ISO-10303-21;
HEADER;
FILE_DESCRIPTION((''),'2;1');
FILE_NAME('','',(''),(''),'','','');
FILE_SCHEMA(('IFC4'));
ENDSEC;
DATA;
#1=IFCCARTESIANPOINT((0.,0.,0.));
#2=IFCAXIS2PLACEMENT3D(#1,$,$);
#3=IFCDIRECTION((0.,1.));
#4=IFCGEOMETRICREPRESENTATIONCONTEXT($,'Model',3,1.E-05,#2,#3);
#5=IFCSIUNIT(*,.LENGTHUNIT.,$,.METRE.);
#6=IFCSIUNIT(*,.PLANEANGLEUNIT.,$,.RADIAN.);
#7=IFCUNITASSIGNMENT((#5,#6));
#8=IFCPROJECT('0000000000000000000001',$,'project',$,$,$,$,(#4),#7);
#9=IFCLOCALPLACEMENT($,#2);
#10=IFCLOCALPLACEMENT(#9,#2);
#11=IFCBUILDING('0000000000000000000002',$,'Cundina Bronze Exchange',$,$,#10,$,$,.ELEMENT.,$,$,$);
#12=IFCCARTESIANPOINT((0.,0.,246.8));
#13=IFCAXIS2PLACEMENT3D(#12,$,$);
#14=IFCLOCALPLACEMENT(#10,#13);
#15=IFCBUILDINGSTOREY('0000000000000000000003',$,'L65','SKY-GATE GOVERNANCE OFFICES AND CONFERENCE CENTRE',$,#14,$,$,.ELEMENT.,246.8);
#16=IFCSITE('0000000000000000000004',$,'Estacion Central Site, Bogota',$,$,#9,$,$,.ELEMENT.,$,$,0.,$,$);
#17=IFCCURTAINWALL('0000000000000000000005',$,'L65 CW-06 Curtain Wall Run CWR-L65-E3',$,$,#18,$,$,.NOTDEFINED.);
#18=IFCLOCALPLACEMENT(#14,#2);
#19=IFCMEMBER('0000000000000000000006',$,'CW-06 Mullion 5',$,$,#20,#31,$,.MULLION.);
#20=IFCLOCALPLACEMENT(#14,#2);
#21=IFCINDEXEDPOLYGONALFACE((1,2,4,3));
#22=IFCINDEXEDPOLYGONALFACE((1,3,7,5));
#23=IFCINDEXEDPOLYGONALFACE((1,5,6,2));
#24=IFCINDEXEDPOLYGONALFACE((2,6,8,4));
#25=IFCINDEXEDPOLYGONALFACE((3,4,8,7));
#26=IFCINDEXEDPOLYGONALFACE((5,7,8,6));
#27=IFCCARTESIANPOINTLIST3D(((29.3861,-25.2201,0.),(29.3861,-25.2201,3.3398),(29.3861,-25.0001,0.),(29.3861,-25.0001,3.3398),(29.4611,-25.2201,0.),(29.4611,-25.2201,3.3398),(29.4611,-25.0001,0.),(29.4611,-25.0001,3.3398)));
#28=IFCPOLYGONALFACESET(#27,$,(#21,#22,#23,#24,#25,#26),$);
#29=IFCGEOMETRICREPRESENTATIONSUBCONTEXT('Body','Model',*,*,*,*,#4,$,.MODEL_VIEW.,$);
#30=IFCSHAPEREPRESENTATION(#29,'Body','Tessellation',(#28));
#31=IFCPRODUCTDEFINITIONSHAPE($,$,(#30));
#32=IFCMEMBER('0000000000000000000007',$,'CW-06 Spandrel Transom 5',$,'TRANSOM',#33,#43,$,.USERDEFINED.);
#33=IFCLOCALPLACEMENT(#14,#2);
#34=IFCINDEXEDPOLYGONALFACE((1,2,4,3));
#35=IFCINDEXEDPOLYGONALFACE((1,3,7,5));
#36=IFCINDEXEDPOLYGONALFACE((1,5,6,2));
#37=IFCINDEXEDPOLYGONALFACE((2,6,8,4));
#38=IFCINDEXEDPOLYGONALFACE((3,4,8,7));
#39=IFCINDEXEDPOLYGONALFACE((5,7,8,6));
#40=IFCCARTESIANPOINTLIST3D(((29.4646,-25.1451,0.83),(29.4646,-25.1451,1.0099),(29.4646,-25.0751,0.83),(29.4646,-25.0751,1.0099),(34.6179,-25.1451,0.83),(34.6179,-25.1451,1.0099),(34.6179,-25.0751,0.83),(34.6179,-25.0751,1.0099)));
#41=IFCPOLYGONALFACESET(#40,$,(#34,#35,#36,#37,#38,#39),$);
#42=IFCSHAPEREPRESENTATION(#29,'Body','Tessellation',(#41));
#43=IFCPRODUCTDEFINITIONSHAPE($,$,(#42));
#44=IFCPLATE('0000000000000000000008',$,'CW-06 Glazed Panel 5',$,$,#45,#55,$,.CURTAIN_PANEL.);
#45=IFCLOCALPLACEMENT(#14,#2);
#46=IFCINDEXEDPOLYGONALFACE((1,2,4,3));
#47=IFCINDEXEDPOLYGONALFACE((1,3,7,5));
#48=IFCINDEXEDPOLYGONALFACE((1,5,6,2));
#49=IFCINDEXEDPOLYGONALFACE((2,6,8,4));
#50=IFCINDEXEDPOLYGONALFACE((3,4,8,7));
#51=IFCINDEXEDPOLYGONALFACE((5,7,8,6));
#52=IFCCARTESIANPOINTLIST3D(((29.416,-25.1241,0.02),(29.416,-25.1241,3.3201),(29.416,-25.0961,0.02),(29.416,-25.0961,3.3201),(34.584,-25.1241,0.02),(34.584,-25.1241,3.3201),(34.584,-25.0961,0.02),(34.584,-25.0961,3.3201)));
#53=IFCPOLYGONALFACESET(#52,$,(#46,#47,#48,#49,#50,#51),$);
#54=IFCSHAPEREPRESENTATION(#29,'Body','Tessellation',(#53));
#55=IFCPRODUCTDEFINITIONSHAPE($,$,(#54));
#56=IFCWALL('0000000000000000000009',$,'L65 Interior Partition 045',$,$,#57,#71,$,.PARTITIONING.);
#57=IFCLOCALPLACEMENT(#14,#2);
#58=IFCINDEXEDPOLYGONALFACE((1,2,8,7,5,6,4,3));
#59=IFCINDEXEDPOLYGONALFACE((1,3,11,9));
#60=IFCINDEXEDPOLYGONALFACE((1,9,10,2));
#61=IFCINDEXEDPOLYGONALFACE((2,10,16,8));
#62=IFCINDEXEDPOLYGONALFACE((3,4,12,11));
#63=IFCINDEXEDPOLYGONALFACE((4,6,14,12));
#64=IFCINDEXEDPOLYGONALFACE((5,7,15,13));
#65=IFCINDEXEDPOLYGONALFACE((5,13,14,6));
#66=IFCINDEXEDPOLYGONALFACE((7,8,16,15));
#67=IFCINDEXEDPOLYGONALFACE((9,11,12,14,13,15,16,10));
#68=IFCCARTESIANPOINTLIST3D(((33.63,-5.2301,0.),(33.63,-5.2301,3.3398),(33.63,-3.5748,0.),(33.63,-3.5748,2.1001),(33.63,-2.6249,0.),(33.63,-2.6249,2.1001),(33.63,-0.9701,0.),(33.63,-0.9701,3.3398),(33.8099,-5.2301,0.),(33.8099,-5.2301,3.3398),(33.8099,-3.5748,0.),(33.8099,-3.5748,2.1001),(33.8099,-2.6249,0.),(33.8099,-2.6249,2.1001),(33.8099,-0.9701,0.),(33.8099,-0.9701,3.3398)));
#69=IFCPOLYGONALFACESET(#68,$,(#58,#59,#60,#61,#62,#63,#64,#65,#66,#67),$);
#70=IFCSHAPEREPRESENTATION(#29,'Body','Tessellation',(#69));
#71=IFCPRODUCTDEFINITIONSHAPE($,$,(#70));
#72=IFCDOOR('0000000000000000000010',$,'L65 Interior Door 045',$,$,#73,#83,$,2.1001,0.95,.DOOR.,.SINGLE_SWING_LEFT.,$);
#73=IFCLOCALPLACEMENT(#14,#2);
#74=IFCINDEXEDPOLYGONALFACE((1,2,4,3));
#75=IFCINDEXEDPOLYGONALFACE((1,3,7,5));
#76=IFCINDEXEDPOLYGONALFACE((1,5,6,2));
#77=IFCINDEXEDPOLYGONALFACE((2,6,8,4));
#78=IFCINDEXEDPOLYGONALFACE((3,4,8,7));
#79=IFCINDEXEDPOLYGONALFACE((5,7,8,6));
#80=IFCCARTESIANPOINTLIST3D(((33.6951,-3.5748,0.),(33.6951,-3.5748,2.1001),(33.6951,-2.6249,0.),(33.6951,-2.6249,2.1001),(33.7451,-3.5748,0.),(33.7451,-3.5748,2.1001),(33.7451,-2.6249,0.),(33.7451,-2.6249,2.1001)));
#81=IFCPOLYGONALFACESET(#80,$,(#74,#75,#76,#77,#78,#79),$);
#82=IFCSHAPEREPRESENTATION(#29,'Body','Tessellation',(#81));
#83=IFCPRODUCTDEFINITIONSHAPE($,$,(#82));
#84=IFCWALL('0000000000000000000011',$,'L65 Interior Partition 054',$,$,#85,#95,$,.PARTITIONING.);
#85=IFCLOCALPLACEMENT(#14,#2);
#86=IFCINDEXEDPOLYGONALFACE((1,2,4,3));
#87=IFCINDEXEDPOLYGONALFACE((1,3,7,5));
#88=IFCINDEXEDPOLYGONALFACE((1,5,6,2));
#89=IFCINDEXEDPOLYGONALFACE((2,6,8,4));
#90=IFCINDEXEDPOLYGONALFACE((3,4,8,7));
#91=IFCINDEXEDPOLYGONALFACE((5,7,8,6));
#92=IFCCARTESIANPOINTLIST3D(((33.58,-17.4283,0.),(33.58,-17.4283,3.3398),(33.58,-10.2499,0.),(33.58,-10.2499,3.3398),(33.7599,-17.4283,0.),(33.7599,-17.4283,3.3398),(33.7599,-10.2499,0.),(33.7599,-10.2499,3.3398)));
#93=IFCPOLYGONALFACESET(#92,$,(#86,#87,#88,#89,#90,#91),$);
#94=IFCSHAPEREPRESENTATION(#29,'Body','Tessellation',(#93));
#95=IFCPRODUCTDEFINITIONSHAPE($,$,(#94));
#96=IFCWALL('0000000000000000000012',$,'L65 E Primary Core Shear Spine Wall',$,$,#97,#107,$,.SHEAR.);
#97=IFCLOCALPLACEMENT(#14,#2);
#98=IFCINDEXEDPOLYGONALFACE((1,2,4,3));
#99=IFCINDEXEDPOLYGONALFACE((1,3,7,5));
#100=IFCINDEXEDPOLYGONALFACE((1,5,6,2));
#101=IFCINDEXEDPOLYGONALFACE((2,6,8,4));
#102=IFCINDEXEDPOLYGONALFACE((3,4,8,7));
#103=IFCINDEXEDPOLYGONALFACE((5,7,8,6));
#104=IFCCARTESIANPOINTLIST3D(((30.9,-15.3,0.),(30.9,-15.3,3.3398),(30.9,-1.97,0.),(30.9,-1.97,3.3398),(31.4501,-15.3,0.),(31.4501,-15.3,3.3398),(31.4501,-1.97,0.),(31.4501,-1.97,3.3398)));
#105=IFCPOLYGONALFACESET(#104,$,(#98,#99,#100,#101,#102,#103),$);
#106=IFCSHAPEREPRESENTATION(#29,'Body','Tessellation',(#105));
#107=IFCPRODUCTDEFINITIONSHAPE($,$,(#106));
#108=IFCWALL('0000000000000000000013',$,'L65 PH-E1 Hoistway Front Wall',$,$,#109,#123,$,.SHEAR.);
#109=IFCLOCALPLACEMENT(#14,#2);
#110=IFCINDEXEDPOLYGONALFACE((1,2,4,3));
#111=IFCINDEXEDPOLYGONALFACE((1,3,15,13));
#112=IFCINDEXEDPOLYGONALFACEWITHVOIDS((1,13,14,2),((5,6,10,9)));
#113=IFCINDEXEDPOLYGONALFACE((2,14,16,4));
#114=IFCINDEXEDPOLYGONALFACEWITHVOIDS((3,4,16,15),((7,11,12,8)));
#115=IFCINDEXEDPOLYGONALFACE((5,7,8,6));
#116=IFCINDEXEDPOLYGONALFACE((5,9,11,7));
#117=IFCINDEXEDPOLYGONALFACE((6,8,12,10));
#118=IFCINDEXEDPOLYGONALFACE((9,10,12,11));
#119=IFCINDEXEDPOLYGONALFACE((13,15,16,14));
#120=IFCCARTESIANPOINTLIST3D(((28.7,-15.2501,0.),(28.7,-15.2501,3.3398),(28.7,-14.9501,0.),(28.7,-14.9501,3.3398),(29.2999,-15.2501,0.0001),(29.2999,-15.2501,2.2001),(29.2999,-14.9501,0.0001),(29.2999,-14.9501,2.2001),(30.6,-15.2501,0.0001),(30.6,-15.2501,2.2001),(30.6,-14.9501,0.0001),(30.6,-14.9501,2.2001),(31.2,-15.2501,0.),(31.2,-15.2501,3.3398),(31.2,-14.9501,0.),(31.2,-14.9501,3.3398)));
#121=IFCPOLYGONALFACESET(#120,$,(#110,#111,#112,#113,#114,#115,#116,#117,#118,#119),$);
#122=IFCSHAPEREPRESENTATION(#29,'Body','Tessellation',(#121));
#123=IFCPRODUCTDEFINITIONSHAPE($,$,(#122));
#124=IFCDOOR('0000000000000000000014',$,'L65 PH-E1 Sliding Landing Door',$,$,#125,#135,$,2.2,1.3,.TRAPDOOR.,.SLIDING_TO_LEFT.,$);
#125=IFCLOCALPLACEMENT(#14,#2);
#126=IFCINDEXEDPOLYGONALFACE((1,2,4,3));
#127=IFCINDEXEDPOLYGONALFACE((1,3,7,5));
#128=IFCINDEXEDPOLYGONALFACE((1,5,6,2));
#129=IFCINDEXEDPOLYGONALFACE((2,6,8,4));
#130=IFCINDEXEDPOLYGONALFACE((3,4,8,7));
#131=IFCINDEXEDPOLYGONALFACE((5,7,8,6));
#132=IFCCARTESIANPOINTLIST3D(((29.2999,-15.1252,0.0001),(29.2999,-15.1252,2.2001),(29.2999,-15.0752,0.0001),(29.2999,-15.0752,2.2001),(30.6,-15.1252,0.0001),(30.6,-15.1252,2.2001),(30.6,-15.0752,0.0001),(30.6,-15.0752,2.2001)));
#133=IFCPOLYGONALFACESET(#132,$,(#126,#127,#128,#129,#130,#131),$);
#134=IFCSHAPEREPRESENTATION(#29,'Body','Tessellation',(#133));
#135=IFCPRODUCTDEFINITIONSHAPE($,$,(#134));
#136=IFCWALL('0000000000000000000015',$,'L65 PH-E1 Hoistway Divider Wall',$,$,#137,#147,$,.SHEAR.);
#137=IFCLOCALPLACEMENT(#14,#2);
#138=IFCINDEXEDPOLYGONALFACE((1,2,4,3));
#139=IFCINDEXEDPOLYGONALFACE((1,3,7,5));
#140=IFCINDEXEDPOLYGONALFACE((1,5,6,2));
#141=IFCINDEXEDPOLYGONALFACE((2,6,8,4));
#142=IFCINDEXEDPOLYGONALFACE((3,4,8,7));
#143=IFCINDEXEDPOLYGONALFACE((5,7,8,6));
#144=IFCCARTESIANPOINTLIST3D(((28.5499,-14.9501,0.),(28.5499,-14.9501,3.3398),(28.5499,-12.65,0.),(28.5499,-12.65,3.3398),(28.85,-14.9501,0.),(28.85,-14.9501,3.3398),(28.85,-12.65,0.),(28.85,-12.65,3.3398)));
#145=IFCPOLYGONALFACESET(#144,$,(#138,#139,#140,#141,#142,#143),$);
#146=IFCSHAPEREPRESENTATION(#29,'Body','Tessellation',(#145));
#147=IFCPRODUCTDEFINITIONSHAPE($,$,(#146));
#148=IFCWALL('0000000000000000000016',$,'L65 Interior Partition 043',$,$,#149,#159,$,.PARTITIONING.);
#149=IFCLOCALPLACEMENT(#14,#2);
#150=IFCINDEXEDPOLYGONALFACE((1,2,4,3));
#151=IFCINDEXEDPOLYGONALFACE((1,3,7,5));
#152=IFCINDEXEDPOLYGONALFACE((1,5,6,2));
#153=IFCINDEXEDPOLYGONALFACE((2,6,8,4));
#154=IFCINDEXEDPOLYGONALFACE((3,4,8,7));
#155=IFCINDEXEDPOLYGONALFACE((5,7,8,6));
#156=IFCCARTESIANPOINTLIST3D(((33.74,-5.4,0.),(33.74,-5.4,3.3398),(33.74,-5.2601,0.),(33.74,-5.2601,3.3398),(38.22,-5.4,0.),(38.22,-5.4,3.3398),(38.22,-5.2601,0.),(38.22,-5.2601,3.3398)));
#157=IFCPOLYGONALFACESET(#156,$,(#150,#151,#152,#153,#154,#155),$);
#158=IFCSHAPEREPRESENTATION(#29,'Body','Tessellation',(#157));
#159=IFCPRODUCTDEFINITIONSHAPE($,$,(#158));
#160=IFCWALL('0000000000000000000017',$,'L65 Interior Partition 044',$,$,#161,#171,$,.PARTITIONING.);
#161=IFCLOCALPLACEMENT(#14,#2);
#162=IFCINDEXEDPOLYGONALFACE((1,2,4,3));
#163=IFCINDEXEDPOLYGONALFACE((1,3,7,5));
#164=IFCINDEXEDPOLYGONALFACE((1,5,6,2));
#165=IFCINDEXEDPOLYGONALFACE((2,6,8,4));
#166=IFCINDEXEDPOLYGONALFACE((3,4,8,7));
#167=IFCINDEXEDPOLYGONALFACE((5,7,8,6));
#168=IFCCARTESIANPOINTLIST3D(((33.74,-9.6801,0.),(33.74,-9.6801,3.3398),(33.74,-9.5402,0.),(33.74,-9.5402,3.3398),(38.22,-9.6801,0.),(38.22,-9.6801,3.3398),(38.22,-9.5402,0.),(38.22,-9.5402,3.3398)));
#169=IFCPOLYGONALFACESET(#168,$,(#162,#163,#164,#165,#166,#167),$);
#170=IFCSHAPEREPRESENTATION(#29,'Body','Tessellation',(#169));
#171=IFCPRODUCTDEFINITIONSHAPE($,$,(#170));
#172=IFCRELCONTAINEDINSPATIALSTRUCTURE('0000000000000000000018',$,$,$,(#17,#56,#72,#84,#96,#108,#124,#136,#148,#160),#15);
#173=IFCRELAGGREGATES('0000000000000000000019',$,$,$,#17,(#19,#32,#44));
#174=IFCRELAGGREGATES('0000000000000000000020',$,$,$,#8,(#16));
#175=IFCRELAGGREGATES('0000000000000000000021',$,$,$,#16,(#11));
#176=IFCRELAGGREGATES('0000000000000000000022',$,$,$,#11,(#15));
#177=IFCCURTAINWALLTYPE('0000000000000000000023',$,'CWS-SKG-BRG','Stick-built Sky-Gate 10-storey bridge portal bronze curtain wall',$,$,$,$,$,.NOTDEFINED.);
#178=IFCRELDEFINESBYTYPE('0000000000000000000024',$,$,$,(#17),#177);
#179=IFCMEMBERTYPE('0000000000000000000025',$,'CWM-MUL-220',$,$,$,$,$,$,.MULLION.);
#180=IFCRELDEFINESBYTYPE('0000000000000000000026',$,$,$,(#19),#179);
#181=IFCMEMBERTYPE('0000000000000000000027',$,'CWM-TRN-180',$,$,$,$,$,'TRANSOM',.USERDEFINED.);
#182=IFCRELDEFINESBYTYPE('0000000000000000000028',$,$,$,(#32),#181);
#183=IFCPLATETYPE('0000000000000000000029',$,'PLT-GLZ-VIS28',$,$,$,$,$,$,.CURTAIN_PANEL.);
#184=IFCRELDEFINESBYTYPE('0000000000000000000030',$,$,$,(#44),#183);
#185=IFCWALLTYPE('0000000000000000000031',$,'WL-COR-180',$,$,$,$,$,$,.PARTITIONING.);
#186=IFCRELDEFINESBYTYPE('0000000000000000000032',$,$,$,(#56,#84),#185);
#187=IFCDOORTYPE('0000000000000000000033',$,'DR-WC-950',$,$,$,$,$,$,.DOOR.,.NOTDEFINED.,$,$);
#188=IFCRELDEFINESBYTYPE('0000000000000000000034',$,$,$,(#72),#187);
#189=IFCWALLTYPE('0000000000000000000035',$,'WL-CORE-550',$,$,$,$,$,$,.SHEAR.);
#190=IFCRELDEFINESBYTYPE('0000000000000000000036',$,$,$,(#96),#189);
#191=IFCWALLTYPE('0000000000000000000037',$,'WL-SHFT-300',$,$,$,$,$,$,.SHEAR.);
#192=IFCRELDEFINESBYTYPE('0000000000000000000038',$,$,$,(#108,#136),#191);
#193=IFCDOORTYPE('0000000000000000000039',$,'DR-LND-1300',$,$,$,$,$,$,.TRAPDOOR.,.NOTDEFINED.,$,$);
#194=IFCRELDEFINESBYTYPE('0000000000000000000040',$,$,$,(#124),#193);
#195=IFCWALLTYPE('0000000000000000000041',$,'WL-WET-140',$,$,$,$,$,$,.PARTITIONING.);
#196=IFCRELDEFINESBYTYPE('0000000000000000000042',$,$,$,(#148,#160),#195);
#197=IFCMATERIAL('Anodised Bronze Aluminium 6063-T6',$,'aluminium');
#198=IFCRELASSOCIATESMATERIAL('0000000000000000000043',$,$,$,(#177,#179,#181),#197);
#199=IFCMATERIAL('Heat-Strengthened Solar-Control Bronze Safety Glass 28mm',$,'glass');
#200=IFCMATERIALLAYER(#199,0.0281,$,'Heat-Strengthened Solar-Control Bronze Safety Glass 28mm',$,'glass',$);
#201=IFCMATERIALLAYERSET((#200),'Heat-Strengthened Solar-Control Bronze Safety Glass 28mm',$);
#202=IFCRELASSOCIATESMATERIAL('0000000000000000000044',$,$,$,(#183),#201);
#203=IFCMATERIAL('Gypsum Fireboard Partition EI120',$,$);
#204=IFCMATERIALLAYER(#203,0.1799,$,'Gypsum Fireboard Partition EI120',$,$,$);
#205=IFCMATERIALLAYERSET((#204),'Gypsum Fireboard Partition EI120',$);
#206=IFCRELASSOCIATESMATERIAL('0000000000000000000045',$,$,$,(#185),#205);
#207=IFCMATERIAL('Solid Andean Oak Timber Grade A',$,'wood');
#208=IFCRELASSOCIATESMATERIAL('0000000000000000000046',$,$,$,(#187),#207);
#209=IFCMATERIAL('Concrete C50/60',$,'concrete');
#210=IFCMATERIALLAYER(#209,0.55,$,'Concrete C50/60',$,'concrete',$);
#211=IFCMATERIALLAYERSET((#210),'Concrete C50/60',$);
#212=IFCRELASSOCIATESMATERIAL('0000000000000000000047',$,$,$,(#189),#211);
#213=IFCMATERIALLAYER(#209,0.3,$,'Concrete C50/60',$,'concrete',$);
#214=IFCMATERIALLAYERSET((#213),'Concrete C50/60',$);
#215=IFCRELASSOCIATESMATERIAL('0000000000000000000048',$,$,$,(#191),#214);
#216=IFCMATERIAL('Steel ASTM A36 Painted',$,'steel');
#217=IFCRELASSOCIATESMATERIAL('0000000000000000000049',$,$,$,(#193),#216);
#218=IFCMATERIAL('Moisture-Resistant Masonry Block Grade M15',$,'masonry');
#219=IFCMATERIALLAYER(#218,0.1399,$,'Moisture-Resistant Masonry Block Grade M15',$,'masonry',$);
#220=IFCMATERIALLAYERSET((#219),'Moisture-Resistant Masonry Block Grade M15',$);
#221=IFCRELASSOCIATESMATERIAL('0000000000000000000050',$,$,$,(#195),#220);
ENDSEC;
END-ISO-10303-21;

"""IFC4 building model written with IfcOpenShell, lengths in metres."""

from ifc_helpers import new_model, si_unit, direction, frame, frame_2d, origin, origin_2d, place, context, subcontext, project, spatial, rectangle, extrude, material, layer, layer_set, material_profile, profile_set, type_object, element, fill, aggregate, save


model = new_model("IFC4")

# Units and contexts
model_context = context("Model", 3, precision=1e-05, world=origin(), true_north=direction((0.0, 1.0)))
body_context = subcontext(model_context, "Body", "Model", "MODEL_VIEW")
ifc_project = project(units=[si_unit("LENGTHUNIT", "METRE"), si_unit("PLANEANGLEUNIT", "RADIAN")], contexts=[model_context])

# Site, building, storey
site_placement = place(None, origin())
site = spatial("IfcSite", under=ifc_project, at=site_placement, Name="Estacion Central Site, Bogota", CompositionType="ELEMENT", RefElevation=0.0)
building_placement = place(site_placement, origin())
building = spatial("IfcBuilding", under=site, at=building_placement, Name="Cundina Bronze Exchange", CompositionType="ELEMENT")
storey_placement = place(building_placement, frame((0.0, 0.0, 246.8)))
storey = spatial("IfcBuildingStorey", under=building, at=storey_placement, Name="L65", Description="SKY-GATE GOVERNANCE OFFICES AND CONFERENCE CENTRE", CompositionType="ELEMENT", Elevation=246.8)

# Shared definitions
ifc_material_1 = material(Name="Concrete C50/60", Category="concrete")

# Curtain wall, members, plate
ifc_material_2 = material(Name="Anodised Bronze Aluminium 6063-T6", Category="aluminium")
curtain_wall_type = type_object("IfcCurtainWallType", Name="CWS-SKG-BRG", Description="Stick-built Sky-Gate 10-storey bridge portal bronze curtain wall", PredefinedType="NOTDEFINED", material=ifc_material_2)
curtain_wall_placement = place(storey_placement, origin())
curtain_wall = element("IfcCurtainWall", 1, at=curtain_wall_placement, inside=storey, type_object=curtain_wall_type, Name="L65 CW-06 Curtain Wall Run CWR-L65-E3", PredefinedType="NOTDEFINED")
ifc_material_profile_1 = material_profile(ifc_material_2, rectangle(XDim=0.075, YDim=0.22, at=origin_2d()), Name="AL75X220", Category="aluminium")
ifc_profile_set_1 = profile_set([ifc_material_profile_1], Name="Anodised Bronze Aluminium 6063-T6")
member_type_1 = type_object("IfcMemberType", Name="CWM-MUL-220", PredefinedType="MULLION", material=ifc_profile_set_1)
member_1_placement = place(storey_placement, frame((29.4236, -25.1101, 0.0), z_axis=(0.0, 0.0, 1.0), x_axis=(1.0, 0.0, 0.0)))
member_1 = element("IfcMember", 2, at=member_1_placement, type_object=member_type_1, Name="CW-06 Mullion 5", PredefinedType="MULLION", context=body_context, shape_type="SweptSolid", body=[
    extrude(rectangle(XDim=0.075, YDim=0.22, at=origin_2d()), origin(), (0.0, 0.0, 1.0), 3.3398),
])
ifc_material_profile_2 = material_profile(ifc_material_2, rectangle(XDim=0.0701, YDim=0.1799, at=origin_2d()), Name="AL70X180", Category="aluminium")
ifc_profile_set_2 = profile_set([ifc_material_profile_2], Name="Anodised Bronze Aluminium 6063-T6")
member_type_2 = type_object("IfcMemberType", Name="CWM-TRN-180", ElementType="TRANSOM", PredefinedType="USERDEFINED", material=ifc_profile_set_2)
member_2_placement = place(storey_placement, frame((29.4646, -25.1101, 0.9199), z_axis=(1.0, 0.0, 0.0), x_axis=(0.0, 1.0, 0.0)))
member_2 = element("IfcMember", 3, at=member_2_placement, type_object=member_type_2, Name="CW-06 Spandrel Transom 5", ObjectType="TRANSOM", PredefinedType="USERDEFINED", context=body_context, shape_type="SweptSolid", body=[
    extrude(rectangle(XDim=0.0701, YDim=0.1799, at=origin_2d()), origin(), (0.0, 0.0, 1.0), 5.1533),
])
ifc_material_3 = material(Name="Heat-Strengthened Solar-Control Bronze Safety Glass 28mm", Category="glass")
ifc_layer_1 = layer(ifc_material_3, 0.0281, Name="Heat-Strengthened Solar-Control Bronze Safety Glass 28mm", Category="glass")
ifc_layer_set_1 = layer_set([ifc_layer_1], Name="Heat-Strengthened Solar-Control Bronze Safety Glass 28mm")
plate_type = type_object("IfcPlateType", Name="PLT-GLZ-VIS28", PredefinedType="CURTAIN_PANEL", material=ifc_layer_set_1)
plate_placement = place(storey_placement, frame((32.0, -25.1101, 0.02), z_axis=(0.0, 0.0, 1.0), x_axis=(1.0, 0.0, 0.0)))
plate = element("IfcPlate", 4, at=plate_placement, type_object=plate_type, Name="CW-06 Glazed Panel 5", PredefinedType="CURTAIN_PANEL", context=body_context, shape_type="SweptSolid", body=[
    extrude(rectangle(XDim=5.168, YDim=0.0281, at=origin_2d()), origin(), (0.0, 0.0, 1.0), 3.3),
])
aggregate(curtain_wall, [member_1, member_2, plate])

# Wall, opening, door
ifc_material_4 = material(Name="Gypsum Fireboard Partition EI120")
ifc_layer_2 = layer(ifc_material_4, 0.1799, Name="Gypsum Fireboard Partition EI120")
ifc_layer_set_2 = layer_set([ifc_layer_2], Name="Gypsum Fireboard Partition EI120")
wall_type_1 = type_object("IfcWallType", Name="WL-COR-180", PredefinedType="PARTITIONING", material=ifc_layer_set_2)
wall_1_placement = place(storey_placement, frame((33.72, -5.23, 0.0), z_axis=(0.0, 0.0, 1.0), x_axis=(0.0, 1.0, 0.0)))
wall_1 = element("IfcWall", 5, at=wall_1_placement, inside=storey, type_object=wall_type_1, Name="L65 Interior Partition 045", PredefinedType="PARTITIONING", context=body_context, shape_type="SweptSolid", body=[
    extrude(rectangle(XDim=4.26, YDim=0.1799, at=frame_2d((2.1299, 0.0))), origin(), (0.0, 0.0, 1.0), 3.3398),
])
opening_1_placement = place(wall_1_placement, frame((1.655, 0.0, 0.0)))
opening_1 = element("IfcOpeningElement", 6, at=opening_1_placement, cuts=wall_1, PredefinedType="OPENING", context=body_context, shape_type="SweptSolid", body=[
    extrude(rectangle(XDim=0.95, YDim=2.1001, at=frame_2d((0.4751, 1.05))), frame((0.0, 0.0999, 0.0), z_axis=(0.0, -1.0, 0.0), x_axis=(1.0, 0.0, 0.0)), (0.0, 0.0, 1.0), 0.2),
])
ifc_material_5 = material(Name="Solid Andean Oak Timber Grade A", Category="wood")
door_type_1 = type_object("IfcDoorType", Name="DR-WC-950", OperationType="NOTDEFINED", PredefinedType="DOOR", material=ifc_material_5)
door_1_placement = place(opening_1_placement, origin())
door_1 = element("IfcDoor", 7, at=door_1_placement, inside=storey, type_object=door_type_1, Name="L65 Interior Door 045", OperationType="SINGLE_SWING_LEFT", OverallHeight=2.1001, OverallWidth=0.95, PredefinedType="DOOR", context=body_context, shape_type="SweptSolid", body=[
    extrude(rectangle(XDim=0.95, YDim=2.1001, at=frame_2d((0.4751, 1.05))), frame((0.0, 0.0249, 0.0), z_axis=(0.0, -1.0, 0.0), x_axis=(1.0, 0.0, 0.0)), (0.0, 0.0, 1.0), 0.05),
])
fill(opening_1, door_1)

# Walls
wall_2_placement = place(storey_placement, frame((33.6699, -17.4285, 0.0), z_axis=(0.0, 0.0, 1.0), x_axis=(0.0, 1.0, 0.0)))
element("IfcWall", 8, at=wall_2_placement, inside=storey, type_object=wall_type_1, Name="L65 Interior Partition 054", PredefinedType="PARTITIONING", context=body_context, shape_type="SweptSolid", body=[
    extrude(rectangle(XDim=7.1785, YDim=0.1799, at=frame_2d((3.5894, 0.0))), origin(), (0.0, 0.0, 1.0), 3.3398),
])
ifc_layer_3 = layer(ifc_material_1, 0.55, Name="Concrete C50/60", Category="concrete")
ifc_layer_set_3 = layer_set([ifc_layer_3], Name="Concrete C50/60")
wall_type_2 = type_object("IfcWallType", Name="WL-CORE-550", PredefinedType="SHEAR", material=ifc_layer_set_3)
wall_3_placement = place(storey_placement, frame((31.175, -15.3, 0.0), z_axis=(0.0, 0.0, 1.0), x_axis=(0.0, 1.0, 0.0)))
element("IfcWall", 9, at=wall_3_placement, inside=storey, type_object=wall_type_2, Name="L65 E Primary Core Shear Spine Wall", PredefinedType="SHEAR", context=body_context, shape_type="SweptSolid", body=[
    extrude(rectangle(XDim=13.3301, YDim=0.55, at=frame_2d((6.665, 0.0))), origin(), (0.0, 0.0, 1.0), 3.3398),
])

# Wall, opening, door
ifc_layer_4 = layer(ifc_material_1, 0.3, Name="Concrete C50/60", Category="concrete")
ifc_layer_set_4 = layer_set([ifc_layer_4], Name="Concrete C50/60")
wall_type_3 = type_object("IfcWallType", Name="WL-SHFT-300", PredefinedType="SHEAR", material=ifc_layer_set_4)
wall_4_placement = place(storey_placement, frame((28.7, -15.1001, 0.0), z_axis=(0.0, 0.0, 1.0), x_axis=(1.0, 0.0, 0.0)))
wall_4 = element("IfcWall", 10, at=wall_4_placement, inside=storey, type_object=wall_type_3, Name="L65 PH-E1 Hoistway Front Wall", PredefinedType="SHEAR", context=body_context, shape_type="SweptSolid", body=[
    extrude(rectangle(XDim=2.5, YDim=0.3, at=frame_2d((1.25, 0.0))), origin(), (0.0, 0.0, 1.0), 3.3398),
])
opening_2_placement = place(wall_4_placement, frame((0.6001, 0.0, 0.0)))
opening_2 = element("IfcOpeningElement", 11, at=opening_2_placement, cuts=wall_4, PredefinedType="OPENING", context=body_context, shape_type="SweptSolid", body=[
    extrude(rectangle(XDim=1.3, YDim=2.2, at=frame_2d((0.6499, 1.1001))), frame((0.0, 0.1599, 0.0), z_axis=(0.0, -1.0, 0.0), x_axis=(1.0, 0.0, 0.0)), (0.0, 0.0, 1.0), 0.3201),
])
ifc_material_6 = material(Name="Steel ASTM A36 Painted", Category="steel")
door_type_2 = type_object("IfcDoorType", Name="DR-LND-1300", OperationType="NOTDEFINED", PredefinedType="TRAPDOOR", material=ifc_material_6)
door_2_placement = place(opening_2_placement, origin())
door_2 = element("IfcDoor", 12, at=door_2_placement, inside=storey, type_object=door_type_2, Name="L65 PH-E1 Sliding Landing Door", OperationType="SLIDING_TO_LEFT", OverallHeight=2.2, OverallWidth=1.3, PredefinedType="TRAPDOOR", context=body_context, shape_type="SweptSolid", body=[
    extrude(rectangle(XDim=1.3, YDim=2.2, at=frame_2d((0.6499, 1.1001))), frame((0.0, 0.0249, 0.0), z_axis=(0.0, -1.0, 0.0), x_axis=(1.0, 0.0, 0.0)), (0.0, 0.0, 1.0), 0.05),
])
fill(opening_2, door_2)

# Walls
wall_5_placement = place(storey_placement, frame((28.7, -14.95, 0.0), z_axis=(0.0, 0.0, 1.0), x_axis=(0.0, 1.0, 0.0)))
element("IfcWall", 13, at=wall_5_placement, inside=storey, type_object=wall_type_3, Name="L65 PH-E1 Hoistway Divider Wall", PredefinedType="SHEAR", context=body_context, shape_type="SweptSolid", body=[
    extrude(rectangle(XDim=2.3, YDim=0.3, at=frame_2d((1.1499, 0.0))), origin(), (0.0, 0.0, 1.0), 3.3398),
])
ifc_material_7 = material(Name="Moisture-Resistant Masonry Block Grade M15", Category="masonry")
ifc_layer_5 = layer(ifc_material_7, 0.1399, Name="Moisture-Resistant Masonry Block Grade M15", Category="masonry")
ifc_layer_set_5 = layer_set([ifc_layer_5], Name="Moisture-Resistant Masonry Block Grade M15")
wall_type_4 = type_object("IfcWallType", Name="WL-WET-140", PredefinedType="PARTITIONING", material=ifc_layer_set_5)
for number, where, z_axis, x_axis, name in (
    (14, (33.74, -5.3301, 0.0), (0.0, 0.0, 1.0), (1.0, 0.0, 0.0), "L65 Interior Partition 043"),
    (15, (33.74, -9.6101, 0.0), (0.0, 0.0, 1.0), (1.0, 0.0, 0.0), "L65 Interior Partition 044"),
):
    element("IfcWall", number, at=place(storey_placement, frame(where, z_axis=z_axis, x_axis=x_axis)), inside=storey, type_object=wall_type_4, Name=name, PredefinedType="PARTITIONING", context=body_context, shape_type="SweptSolid", body=[
        extrude(rectangle(XDim=4.48, YDim=0.1399, at=frame_2d((2.24, 0.0))), origin(), (0.0, 0.0, 1.0), 3.3398),
    ])

save(model, "model.ifc")
